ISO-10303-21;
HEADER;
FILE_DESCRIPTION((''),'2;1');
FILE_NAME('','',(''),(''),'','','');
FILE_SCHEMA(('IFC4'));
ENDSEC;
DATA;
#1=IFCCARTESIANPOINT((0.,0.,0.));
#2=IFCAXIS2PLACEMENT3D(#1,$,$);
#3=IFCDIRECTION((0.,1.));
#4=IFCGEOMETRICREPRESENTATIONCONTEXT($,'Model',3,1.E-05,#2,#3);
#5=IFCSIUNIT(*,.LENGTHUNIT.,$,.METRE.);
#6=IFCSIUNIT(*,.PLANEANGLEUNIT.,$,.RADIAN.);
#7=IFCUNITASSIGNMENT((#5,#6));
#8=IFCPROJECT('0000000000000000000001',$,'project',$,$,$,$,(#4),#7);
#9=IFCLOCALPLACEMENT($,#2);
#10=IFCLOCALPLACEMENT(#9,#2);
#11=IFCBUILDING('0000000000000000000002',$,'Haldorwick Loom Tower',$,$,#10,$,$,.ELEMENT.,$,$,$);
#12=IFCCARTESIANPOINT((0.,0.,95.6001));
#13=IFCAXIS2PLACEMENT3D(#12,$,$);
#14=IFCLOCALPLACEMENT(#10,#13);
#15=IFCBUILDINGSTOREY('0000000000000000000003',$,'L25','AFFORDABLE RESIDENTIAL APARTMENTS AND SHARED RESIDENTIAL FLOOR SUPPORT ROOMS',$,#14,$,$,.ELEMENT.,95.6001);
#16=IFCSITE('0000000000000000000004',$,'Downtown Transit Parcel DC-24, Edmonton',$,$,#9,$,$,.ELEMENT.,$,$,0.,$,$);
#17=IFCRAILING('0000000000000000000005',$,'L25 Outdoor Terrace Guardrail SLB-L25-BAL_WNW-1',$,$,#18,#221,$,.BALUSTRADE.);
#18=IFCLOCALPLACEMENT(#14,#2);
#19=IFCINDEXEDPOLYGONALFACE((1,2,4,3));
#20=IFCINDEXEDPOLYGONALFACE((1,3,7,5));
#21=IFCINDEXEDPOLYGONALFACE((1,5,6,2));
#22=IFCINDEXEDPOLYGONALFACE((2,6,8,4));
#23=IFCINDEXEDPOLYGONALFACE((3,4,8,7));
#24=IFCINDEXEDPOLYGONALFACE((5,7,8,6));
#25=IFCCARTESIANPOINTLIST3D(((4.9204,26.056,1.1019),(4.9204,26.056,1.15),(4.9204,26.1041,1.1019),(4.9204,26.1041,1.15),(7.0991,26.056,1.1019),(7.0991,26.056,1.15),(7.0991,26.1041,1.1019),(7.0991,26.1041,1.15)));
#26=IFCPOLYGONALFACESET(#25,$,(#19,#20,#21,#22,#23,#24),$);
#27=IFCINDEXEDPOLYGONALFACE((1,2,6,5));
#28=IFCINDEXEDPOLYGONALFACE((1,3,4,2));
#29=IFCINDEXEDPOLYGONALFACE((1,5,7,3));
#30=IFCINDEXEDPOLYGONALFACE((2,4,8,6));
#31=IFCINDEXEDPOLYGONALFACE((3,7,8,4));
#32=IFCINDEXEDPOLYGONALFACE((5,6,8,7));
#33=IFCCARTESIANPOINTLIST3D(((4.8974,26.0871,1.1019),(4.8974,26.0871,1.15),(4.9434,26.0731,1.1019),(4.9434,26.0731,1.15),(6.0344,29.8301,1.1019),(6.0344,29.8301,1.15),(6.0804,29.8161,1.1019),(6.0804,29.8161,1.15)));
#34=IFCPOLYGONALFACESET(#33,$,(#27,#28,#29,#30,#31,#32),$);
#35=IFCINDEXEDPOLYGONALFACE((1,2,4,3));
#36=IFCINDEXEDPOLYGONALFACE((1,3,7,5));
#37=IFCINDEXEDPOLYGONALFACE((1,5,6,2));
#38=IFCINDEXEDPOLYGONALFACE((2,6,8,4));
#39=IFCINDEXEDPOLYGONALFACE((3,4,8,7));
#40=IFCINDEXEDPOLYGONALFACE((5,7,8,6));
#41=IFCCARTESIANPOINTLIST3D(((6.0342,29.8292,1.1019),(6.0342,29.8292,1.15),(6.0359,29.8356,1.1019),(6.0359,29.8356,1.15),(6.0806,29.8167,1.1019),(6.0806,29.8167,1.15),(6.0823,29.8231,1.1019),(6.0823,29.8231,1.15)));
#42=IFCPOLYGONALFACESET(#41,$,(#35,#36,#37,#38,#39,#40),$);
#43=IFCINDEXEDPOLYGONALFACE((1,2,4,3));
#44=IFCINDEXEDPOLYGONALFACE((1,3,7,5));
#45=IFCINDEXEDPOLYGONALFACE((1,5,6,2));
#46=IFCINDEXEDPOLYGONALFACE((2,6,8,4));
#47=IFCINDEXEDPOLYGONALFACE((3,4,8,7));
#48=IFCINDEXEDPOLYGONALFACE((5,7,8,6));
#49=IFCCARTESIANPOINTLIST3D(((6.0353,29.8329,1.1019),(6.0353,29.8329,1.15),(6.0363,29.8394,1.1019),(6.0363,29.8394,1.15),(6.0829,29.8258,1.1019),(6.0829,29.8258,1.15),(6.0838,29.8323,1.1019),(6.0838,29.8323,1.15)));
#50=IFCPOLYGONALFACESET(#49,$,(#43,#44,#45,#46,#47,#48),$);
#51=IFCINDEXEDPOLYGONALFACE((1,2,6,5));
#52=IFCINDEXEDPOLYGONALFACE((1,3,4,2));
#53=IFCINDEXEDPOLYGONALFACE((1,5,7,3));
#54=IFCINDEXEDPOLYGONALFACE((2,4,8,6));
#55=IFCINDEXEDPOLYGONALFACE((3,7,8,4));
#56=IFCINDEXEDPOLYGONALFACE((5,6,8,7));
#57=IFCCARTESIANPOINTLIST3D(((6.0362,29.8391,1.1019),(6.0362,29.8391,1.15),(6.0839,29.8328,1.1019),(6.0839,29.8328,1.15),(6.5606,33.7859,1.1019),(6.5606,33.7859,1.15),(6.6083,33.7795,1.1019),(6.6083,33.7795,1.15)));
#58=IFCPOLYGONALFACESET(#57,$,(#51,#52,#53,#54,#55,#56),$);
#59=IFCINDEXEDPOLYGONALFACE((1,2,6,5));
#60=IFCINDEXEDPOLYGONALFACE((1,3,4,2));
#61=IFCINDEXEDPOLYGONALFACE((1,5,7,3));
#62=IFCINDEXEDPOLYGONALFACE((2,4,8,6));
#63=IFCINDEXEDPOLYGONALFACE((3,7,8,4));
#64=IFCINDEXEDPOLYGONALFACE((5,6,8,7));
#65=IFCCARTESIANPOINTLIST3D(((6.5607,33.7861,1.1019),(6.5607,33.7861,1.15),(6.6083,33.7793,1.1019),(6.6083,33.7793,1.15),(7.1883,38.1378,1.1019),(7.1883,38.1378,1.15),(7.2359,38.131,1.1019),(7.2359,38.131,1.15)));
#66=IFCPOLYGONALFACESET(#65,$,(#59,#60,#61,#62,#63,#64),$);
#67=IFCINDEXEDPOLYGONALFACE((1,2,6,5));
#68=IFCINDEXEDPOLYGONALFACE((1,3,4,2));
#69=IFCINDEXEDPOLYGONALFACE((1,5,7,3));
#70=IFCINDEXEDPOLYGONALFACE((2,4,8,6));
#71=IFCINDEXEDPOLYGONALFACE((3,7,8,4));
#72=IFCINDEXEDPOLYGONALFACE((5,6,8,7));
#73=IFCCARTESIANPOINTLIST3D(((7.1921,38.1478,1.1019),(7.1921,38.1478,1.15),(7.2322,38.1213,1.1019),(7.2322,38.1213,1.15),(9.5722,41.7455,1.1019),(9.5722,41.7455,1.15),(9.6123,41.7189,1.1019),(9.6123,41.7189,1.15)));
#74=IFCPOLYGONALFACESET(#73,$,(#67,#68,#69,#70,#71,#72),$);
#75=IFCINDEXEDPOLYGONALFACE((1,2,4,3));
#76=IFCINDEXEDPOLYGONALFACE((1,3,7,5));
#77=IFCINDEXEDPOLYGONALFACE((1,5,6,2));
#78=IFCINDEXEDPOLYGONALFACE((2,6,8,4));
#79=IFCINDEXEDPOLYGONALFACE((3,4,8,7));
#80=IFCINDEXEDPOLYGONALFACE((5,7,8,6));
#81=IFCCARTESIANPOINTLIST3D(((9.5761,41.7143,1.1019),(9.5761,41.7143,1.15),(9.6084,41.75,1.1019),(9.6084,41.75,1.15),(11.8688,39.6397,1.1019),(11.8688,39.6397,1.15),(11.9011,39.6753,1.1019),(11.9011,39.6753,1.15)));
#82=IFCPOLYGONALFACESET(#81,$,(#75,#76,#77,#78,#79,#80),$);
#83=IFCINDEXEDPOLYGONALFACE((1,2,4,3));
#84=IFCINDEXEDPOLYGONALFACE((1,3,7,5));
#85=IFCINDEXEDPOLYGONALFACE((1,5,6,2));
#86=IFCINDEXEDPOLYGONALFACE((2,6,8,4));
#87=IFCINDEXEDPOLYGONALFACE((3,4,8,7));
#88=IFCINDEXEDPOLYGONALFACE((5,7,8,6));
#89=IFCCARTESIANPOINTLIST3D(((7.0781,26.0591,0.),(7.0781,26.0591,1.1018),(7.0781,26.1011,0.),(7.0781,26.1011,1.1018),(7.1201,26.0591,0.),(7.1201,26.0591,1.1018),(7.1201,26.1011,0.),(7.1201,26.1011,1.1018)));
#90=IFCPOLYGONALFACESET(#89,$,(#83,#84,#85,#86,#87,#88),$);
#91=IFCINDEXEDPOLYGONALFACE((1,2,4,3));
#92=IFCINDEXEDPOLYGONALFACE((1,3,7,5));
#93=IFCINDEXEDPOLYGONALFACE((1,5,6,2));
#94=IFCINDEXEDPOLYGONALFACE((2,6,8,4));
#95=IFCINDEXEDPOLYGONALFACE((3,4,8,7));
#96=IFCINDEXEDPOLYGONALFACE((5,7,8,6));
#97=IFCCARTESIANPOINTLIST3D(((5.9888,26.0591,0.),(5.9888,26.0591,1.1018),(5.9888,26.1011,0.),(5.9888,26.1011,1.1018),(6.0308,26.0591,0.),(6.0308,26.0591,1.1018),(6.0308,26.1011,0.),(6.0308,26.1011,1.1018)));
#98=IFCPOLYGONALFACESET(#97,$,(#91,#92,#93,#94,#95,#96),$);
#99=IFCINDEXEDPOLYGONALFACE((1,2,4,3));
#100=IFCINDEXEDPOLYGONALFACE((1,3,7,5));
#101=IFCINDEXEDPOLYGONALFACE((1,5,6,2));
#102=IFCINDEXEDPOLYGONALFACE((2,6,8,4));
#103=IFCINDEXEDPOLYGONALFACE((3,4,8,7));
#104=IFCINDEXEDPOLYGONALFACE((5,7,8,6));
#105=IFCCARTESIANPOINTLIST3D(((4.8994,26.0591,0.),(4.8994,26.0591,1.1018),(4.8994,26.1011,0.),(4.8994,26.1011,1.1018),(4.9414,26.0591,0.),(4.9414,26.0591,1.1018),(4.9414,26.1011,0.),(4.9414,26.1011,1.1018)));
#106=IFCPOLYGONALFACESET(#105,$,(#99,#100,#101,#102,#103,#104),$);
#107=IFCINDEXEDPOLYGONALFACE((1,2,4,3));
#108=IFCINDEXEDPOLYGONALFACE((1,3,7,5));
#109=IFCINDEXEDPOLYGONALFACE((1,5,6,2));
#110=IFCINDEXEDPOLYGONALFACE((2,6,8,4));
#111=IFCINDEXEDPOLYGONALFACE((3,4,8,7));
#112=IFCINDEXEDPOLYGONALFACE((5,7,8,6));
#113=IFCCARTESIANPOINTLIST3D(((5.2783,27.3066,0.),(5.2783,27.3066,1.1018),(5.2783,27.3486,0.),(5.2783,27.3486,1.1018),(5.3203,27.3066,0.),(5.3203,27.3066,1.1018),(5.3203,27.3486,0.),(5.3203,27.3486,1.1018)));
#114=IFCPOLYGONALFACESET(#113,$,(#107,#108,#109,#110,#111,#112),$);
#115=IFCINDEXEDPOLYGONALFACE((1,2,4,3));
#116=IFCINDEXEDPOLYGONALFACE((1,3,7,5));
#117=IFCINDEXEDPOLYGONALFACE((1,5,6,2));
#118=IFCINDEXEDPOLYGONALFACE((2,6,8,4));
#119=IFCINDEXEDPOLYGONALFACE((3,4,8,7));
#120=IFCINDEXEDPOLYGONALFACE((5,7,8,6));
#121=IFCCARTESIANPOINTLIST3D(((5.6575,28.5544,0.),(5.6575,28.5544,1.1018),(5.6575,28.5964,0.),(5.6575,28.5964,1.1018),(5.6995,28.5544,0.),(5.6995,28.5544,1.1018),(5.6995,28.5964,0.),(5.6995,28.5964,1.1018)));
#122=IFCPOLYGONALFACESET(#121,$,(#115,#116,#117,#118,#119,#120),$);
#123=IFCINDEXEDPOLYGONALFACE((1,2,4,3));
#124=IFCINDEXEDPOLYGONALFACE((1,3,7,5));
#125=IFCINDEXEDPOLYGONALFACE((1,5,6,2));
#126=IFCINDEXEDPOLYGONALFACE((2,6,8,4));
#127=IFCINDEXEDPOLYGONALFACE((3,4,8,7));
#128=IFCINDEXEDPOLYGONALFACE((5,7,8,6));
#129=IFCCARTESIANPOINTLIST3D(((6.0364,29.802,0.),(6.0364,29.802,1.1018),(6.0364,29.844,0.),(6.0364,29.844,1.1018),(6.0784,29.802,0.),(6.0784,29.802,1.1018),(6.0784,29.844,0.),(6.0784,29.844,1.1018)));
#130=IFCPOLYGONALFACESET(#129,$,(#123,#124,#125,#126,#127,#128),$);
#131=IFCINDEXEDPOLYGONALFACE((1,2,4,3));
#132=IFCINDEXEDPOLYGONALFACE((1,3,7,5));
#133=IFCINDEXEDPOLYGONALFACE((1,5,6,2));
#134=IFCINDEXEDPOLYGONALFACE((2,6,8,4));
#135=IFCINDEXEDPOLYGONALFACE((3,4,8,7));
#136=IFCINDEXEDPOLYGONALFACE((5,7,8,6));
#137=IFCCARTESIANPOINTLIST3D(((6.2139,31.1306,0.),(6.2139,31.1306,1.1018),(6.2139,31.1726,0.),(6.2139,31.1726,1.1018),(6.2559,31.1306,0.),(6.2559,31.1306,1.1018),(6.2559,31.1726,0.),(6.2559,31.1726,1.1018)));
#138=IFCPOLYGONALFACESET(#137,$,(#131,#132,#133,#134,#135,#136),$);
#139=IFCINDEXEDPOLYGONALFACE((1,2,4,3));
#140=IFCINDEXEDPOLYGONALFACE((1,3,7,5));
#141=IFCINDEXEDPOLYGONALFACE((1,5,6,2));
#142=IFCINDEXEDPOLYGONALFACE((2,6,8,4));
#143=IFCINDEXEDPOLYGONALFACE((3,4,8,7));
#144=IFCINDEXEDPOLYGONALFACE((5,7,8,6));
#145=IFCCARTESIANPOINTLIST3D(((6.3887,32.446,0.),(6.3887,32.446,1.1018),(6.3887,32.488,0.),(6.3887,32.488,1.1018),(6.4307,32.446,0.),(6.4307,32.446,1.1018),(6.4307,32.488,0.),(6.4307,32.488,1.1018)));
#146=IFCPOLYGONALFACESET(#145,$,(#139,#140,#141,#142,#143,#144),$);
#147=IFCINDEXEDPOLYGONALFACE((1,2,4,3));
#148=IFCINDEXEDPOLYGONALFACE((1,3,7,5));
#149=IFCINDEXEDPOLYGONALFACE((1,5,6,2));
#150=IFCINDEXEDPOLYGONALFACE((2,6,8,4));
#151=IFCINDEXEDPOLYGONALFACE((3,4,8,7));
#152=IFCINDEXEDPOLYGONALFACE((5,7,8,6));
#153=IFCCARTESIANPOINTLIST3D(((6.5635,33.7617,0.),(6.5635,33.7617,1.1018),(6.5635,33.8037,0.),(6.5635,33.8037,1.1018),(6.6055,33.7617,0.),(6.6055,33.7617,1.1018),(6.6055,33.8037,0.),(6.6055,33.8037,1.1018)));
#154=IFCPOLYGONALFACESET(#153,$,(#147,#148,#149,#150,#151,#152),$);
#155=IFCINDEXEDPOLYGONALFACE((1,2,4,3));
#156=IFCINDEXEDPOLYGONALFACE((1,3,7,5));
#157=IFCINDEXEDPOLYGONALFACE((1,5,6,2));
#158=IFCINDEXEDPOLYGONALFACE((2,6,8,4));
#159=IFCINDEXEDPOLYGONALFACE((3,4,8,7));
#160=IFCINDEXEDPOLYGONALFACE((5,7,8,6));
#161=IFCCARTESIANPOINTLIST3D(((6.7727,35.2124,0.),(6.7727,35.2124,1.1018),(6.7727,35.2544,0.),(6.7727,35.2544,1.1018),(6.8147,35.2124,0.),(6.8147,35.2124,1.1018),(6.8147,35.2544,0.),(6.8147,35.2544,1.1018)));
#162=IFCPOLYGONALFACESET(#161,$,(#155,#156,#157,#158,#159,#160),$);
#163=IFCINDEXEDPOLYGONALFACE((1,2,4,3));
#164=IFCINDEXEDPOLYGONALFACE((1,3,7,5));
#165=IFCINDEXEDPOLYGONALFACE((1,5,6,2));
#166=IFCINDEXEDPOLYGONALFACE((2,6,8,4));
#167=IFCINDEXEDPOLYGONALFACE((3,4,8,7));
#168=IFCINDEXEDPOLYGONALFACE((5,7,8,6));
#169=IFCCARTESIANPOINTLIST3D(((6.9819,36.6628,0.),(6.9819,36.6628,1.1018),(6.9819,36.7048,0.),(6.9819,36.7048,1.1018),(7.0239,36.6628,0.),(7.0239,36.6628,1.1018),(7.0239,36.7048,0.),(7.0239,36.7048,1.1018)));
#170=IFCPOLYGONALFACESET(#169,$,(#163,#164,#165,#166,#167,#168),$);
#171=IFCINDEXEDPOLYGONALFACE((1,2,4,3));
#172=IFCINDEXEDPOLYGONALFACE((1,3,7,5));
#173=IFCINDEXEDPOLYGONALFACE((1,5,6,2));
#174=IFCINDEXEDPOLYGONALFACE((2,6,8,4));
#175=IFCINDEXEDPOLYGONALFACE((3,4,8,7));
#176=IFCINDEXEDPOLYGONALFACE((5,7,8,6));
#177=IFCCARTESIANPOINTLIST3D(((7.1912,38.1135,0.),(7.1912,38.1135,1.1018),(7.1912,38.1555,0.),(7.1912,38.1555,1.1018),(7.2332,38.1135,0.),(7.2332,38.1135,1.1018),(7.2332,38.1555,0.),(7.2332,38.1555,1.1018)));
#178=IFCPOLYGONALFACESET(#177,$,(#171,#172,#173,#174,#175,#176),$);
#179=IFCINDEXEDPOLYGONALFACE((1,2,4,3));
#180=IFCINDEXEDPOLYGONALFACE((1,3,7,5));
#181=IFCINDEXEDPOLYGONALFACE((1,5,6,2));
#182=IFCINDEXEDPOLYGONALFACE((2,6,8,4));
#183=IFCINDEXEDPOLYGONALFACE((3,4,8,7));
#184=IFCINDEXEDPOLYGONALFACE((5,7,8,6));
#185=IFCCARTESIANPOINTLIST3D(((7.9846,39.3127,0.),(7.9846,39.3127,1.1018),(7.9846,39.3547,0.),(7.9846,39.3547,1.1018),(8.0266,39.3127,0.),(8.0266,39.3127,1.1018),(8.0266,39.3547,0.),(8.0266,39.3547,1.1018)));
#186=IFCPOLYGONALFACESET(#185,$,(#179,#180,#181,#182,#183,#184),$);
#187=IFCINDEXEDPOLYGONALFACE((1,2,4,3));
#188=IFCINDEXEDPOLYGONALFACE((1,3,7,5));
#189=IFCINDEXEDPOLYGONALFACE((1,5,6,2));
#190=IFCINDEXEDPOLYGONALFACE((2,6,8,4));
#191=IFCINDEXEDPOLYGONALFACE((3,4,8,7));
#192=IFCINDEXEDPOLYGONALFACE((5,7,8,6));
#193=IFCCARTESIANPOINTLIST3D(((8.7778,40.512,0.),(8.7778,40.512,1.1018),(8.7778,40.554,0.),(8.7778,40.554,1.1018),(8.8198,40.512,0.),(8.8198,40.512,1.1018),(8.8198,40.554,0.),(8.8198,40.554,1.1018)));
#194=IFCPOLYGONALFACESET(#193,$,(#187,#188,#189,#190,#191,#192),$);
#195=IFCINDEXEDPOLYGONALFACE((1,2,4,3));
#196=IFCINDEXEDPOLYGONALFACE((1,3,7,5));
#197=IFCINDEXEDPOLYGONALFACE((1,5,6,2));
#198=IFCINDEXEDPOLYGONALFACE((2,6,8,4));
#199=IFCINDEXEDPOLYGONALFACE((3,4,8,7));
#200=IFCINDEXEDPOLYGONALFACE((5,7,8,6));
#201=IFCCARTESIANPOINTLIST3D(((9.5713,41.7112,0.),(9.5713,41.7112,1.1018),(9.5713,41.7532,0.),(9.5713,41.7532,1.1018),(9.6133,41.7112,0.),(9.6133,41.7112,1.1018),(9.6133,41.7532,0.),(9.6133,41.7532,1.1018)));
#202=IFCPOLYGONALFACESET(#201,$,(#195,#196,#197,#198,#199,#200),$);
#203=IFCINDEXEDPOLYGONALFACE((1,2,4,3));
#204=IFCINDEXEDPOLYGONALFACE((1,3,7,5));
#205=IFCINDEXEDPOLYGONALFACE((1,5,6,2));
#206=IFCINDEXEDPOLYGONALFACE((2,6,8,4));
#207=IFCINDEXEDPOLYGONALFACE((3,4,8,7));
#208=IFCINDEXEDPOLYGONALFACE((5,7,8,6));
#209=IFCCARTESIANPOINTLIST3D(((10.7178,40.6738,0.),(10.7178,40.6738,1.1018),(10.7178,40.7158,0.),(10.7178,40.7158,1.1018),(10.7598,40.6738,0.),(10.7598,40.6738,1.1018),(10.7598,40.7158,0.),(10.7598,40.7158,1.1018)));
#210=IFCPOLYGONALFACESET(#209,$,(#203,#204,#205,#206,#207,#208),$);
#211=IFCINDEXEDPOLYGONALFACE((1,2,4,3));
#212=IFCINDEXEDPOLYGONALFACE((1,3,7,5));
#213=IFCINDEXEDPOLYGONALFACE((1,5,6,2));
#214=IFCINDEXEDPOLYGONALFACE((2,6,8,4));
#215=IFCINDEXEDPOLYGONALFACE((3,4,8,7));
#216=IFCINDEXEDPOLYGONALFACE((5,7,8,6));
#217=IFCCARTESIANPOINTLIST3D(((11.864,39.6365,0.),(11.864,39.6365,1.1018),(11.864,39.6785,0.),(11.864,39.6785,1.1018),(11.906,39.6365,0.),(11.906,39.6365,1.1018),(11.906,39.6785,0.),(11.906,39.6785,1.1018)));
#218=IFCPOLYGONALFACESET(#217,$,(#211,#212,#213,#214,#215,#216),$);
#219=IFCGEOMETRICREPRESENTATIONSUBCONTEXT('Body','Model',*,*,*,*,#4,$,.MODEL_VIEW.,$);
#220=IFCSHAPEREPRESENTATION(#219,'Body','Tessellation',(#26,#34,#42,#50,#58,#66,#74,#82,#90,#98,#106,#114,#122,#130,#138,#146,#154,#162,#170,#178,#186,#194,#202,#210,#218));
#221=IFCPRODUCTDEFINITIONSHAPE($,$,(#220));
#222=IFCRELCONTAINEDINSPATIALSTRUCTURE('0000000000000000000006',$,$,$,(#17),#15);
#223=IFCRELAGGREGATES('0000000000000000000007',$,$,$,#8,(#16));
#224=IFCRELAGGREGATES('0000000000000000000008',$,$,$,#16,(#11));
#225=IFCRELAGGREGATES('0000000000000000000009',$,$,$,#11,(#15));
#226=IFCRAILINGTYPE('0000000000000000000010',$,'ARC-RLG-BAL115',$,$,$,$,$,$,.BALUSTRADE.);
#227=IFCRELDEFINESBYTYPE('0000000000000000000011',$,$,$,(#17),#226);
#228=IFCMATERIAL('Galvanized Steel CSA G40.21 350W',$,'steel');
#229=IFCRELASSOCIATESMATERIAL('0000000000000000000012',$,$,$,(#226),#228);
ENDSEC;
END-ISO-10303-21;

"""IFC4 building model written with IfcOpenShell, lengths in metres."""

from ifc_helpers import new_model, si_unit, direction, frame, origin, origin_2d, place, context, subcontext, project, spatial, rectangle, extrude, material, type_object, element, save


model = new_model("IFC4")

# Units and contexts
model_context = context("Model", 3, precision=1e-05, world=origin(), true_north=direction((0.0, 1.0)))
body_context = subcontext(model_context, "Body", "Model", "MODEL_VIEW")
ifc_project = project(units=[si_unit("LENGTHUNIT", "METRE"), si_unit("PLANEANGLEUNIT", "RADIAN")], contexts=[model_context])

# Site, building, storey
site_placement = place(None, origin())
site = spatial("IfcSite", under=ifc_project, at=site_placement, Name="Downtown Transit Parcel DC-24, Edmonton", CompositionType="ELEMENT", RefElevation=0.0)
building_placement = place(site_placement, origin())
building = spatial("IfcBuilding", under=site, at=building_placement, Name="Haldorwick Loom Tower", CompositionType="ELEMENT")
storey_placement = place(building_placement, frame((0.0, 0.0, 95.6001)))
storey = spatial("IfcBuildingStorey", under=building, at=storey_placement, Name="L25", Description="AFFORDABLE RESIDENTIAL APARTMENTS AND SHARED RESIDENTIAL FLOOR SUPPORT ROOMS", CompositionType="ELEMENT", Elevation=95.6001)

# Railing
ifc_material_1 = material(Name="Galvanized Steel CSA G40.21 350W", Category="steel")
railing_type = type_object("IfcRailingType", Name="ARC-RLG-BAL115", PredefinedType="BALUSTRADE", material=ifc_material_1)
railing_placement = place(storey_placement, frame((7.0991, 26.0801, 0.0)))
element("IfcRailing", 1, at=railing_placement, inside=storey, type_object=railing_type, Name="L25 Outdoor Terrace Guardrail SLB-L25-BAL_WNW-1", PredefinedType="BALUSTRADE", context=body_context, shape_type="SweptSolid", body=[
    extrude(rectangle(XDim=0.0481, YDim=0.0481, at=origin_2d()), frame((0.0, 0.0, 1.126), z_axis=(-1.0, 0.0, 0.0), x_axis=(0.0, -1.0, 0.0)), (0.0, 0.0, 1.0), 2.1787),
    extrude(rectangle(XDim=0.0481, YDim=0.0481, at=origin_2d()), frame((-2.1787, 0.0, 1.126), z_axis=(0.29065, 0.956829, 0.0), x_axis=(-0.956829, 0.29065, 0.0)), (0.0, 0.0, 1.0), 3.9119),
    extrude(rectangle(XDim=0.0481, YDim=0.0481, at=origin_2d()), frame((-1.0417, 3.7429, 1.126), z_axis=(0.259973, 0.965616, 0.0), x_axis=(-0.965616, 0.259973, 0.0)), (0.0, 0.0, 1.0), 0.0066),
    extrude(rectangle(XDim=0.0481, YDim=0.0481, at=origin_2d()), frame((-1.04, 3.7493, 1.126), z_axis=(0.146549, 0.989203, 0.0), x_axis=(-0.989203, 0.146549, 0.0)), (0.0, 0.0, 1.0), 0.0066),
    extrude(rectangle(XDim=0.0481, YDim=0.0481, at=origin_2d()), frame((-1.0391, 3.7559, 1.126), z_axis=(0.131714, 0.991288, 0.0), x_axis=(-0.991288, 0.131714, 0.0)), (0.0, 0.0, 1.0), 3.9814),
    extrude(rectangle(XDim=0.0481, YDim=0.0481, at=origin_2d()), frame((-0.5146, 7.7026, 1.126), z_axis=(0.142758, 0.989758, 0.0), x_axis=(-0.989758, 0.142758, 0.0)), (0.0, 0.0, 1.0), 4.3967),
    extrude(rectangle(XDim=0.0481, YDim=0.0481, at=origin_2d()), frame((0.113, 12.0544, 1.126), z_axis=(0.551758, 0.834004, 0.0), x_axis=(-0.834004, 0.551758, 0.0)), (0.0, 0.0, 1.0), 4.3137),
    extrude(rectangle(XDim=0.0481, YDim=0.0481, at=origin_2d()), frame((2.4932, 15.6521, 1.126), z_axis=(0.741482, -0.670973, 0.0), x_axis=(0.670973, 0.741482, 0.0)), (0.0, 0.0, 1.0), 3.092),
    extrude(rectangle(XDim=0.042, YDim=0.042, at=origin_2d()), origin(), (0.0, 0.0, 1.0), 1.1018),
    extrude(rectangle(XDim=0.042, YDim=0.042, at=origin_2d()), frame((-1.0894, 0.0, 0.0)), (0.0, 0.0, 1.0), 1.1018),
    extrude(rectangle(XDim=0.042, YDim=0.042, at=origin_2d()), frame((-2.1787, 0.0, 0.0)), (0.0, 0.0, 1.0), 1.1018),
    extrude(rectangle(XDim=0.042, YDim=0.042, at=origin_2d()), frame((-1.7998, 1.2476, 0.0)), (0.0, 0.0, 1.0), 1.1018),
    extrude(rectangle(XDim=0.042, YDim=0.042, at=origin_2d()), frame((-1.4207, 2.4954, 0.0)), (0.0, 0.0, 1.0), 1.1018),
    extrude(rectangle(XDim=0.042, YDim=0.042, at=origin_2d()), frame((-1.0417, 3.7429, 0.0)), (0.0, 0.0, 1.0), 1.1018),
    extrude(rectangle(XDim=0.042, YDim=0.042, at=origin_2d()), frame((-0.8643, 5.0715, 0.0)), (0.0, 0.0, 1.0), 1.1018),
    extrude(rectangle(XDim=0.042, YDim=0.042, at=origin_2d()), frame((-0.6895, 6.387, 0.0)), (0.0, 0.0, 1.0), 1.1018),
    extrude(rectangle(XDim=0.042, YDim=0.042, at=origin_2d()), frame((-0.5146, 7.7026, 0.0)), (0.0, 0.0, 1.0), 1.1018),
    extrude(rectangle(XDim=0.042, YDim=0.042, at=origin_2d()), frame((-0.3054, 9.1533, 0.0)), (0.0, 0.0, 1.0), 1.1018),
    extrude(rectangle(XDim=0.042, YDim=0.042, at=origin_2d()), frame((-0.0962, 10.6038, 0.0)), (0.0, 0.0, 1.0), 1.1018),
    extrude(rectangle(XDim=0.042, YDim=0.042, at=origin_2d()), frame((0.113, 12.0544, 0.0)), (0.0, 0.0, 1.0), 1.1018),
    extrude(rectangle(XDim=0.042, YDim=0.042, at=origin_2d()), frame((0.9065, 13.2537, 0.0)), (0.0, 0.0, 1.0), 1.1018),
    extrude(rectangle(XDim=0.042, YDim=0.042, at=origin_2d()), frame((1.6997, 14.4529, 0.0)), (0.0, 0.0, 1.0), 1.1018),
    extrude(rectangle(XDim=0.042, YDim=0.042, at=origin_2d()), frame((2.4932, 15.6521, 0.0)), (0.0, 0.0, 1.0), 1.1018),
    extrude(rectangle(XDim=0.042, YDim=0.042, at=origin_2d()), frame((3.6396, 14.6147, 0.0)), (0.0, 0.0, 1.0), 1.1018),
    extrude(rectangle(XDim=0.042, YDim=0.042, at=origin_2d()), frame((4.7859, 13.5774, 0.0)), (0.0, 0.0, 1.0), 1.1018),
])

save(model, "model.ifc")
